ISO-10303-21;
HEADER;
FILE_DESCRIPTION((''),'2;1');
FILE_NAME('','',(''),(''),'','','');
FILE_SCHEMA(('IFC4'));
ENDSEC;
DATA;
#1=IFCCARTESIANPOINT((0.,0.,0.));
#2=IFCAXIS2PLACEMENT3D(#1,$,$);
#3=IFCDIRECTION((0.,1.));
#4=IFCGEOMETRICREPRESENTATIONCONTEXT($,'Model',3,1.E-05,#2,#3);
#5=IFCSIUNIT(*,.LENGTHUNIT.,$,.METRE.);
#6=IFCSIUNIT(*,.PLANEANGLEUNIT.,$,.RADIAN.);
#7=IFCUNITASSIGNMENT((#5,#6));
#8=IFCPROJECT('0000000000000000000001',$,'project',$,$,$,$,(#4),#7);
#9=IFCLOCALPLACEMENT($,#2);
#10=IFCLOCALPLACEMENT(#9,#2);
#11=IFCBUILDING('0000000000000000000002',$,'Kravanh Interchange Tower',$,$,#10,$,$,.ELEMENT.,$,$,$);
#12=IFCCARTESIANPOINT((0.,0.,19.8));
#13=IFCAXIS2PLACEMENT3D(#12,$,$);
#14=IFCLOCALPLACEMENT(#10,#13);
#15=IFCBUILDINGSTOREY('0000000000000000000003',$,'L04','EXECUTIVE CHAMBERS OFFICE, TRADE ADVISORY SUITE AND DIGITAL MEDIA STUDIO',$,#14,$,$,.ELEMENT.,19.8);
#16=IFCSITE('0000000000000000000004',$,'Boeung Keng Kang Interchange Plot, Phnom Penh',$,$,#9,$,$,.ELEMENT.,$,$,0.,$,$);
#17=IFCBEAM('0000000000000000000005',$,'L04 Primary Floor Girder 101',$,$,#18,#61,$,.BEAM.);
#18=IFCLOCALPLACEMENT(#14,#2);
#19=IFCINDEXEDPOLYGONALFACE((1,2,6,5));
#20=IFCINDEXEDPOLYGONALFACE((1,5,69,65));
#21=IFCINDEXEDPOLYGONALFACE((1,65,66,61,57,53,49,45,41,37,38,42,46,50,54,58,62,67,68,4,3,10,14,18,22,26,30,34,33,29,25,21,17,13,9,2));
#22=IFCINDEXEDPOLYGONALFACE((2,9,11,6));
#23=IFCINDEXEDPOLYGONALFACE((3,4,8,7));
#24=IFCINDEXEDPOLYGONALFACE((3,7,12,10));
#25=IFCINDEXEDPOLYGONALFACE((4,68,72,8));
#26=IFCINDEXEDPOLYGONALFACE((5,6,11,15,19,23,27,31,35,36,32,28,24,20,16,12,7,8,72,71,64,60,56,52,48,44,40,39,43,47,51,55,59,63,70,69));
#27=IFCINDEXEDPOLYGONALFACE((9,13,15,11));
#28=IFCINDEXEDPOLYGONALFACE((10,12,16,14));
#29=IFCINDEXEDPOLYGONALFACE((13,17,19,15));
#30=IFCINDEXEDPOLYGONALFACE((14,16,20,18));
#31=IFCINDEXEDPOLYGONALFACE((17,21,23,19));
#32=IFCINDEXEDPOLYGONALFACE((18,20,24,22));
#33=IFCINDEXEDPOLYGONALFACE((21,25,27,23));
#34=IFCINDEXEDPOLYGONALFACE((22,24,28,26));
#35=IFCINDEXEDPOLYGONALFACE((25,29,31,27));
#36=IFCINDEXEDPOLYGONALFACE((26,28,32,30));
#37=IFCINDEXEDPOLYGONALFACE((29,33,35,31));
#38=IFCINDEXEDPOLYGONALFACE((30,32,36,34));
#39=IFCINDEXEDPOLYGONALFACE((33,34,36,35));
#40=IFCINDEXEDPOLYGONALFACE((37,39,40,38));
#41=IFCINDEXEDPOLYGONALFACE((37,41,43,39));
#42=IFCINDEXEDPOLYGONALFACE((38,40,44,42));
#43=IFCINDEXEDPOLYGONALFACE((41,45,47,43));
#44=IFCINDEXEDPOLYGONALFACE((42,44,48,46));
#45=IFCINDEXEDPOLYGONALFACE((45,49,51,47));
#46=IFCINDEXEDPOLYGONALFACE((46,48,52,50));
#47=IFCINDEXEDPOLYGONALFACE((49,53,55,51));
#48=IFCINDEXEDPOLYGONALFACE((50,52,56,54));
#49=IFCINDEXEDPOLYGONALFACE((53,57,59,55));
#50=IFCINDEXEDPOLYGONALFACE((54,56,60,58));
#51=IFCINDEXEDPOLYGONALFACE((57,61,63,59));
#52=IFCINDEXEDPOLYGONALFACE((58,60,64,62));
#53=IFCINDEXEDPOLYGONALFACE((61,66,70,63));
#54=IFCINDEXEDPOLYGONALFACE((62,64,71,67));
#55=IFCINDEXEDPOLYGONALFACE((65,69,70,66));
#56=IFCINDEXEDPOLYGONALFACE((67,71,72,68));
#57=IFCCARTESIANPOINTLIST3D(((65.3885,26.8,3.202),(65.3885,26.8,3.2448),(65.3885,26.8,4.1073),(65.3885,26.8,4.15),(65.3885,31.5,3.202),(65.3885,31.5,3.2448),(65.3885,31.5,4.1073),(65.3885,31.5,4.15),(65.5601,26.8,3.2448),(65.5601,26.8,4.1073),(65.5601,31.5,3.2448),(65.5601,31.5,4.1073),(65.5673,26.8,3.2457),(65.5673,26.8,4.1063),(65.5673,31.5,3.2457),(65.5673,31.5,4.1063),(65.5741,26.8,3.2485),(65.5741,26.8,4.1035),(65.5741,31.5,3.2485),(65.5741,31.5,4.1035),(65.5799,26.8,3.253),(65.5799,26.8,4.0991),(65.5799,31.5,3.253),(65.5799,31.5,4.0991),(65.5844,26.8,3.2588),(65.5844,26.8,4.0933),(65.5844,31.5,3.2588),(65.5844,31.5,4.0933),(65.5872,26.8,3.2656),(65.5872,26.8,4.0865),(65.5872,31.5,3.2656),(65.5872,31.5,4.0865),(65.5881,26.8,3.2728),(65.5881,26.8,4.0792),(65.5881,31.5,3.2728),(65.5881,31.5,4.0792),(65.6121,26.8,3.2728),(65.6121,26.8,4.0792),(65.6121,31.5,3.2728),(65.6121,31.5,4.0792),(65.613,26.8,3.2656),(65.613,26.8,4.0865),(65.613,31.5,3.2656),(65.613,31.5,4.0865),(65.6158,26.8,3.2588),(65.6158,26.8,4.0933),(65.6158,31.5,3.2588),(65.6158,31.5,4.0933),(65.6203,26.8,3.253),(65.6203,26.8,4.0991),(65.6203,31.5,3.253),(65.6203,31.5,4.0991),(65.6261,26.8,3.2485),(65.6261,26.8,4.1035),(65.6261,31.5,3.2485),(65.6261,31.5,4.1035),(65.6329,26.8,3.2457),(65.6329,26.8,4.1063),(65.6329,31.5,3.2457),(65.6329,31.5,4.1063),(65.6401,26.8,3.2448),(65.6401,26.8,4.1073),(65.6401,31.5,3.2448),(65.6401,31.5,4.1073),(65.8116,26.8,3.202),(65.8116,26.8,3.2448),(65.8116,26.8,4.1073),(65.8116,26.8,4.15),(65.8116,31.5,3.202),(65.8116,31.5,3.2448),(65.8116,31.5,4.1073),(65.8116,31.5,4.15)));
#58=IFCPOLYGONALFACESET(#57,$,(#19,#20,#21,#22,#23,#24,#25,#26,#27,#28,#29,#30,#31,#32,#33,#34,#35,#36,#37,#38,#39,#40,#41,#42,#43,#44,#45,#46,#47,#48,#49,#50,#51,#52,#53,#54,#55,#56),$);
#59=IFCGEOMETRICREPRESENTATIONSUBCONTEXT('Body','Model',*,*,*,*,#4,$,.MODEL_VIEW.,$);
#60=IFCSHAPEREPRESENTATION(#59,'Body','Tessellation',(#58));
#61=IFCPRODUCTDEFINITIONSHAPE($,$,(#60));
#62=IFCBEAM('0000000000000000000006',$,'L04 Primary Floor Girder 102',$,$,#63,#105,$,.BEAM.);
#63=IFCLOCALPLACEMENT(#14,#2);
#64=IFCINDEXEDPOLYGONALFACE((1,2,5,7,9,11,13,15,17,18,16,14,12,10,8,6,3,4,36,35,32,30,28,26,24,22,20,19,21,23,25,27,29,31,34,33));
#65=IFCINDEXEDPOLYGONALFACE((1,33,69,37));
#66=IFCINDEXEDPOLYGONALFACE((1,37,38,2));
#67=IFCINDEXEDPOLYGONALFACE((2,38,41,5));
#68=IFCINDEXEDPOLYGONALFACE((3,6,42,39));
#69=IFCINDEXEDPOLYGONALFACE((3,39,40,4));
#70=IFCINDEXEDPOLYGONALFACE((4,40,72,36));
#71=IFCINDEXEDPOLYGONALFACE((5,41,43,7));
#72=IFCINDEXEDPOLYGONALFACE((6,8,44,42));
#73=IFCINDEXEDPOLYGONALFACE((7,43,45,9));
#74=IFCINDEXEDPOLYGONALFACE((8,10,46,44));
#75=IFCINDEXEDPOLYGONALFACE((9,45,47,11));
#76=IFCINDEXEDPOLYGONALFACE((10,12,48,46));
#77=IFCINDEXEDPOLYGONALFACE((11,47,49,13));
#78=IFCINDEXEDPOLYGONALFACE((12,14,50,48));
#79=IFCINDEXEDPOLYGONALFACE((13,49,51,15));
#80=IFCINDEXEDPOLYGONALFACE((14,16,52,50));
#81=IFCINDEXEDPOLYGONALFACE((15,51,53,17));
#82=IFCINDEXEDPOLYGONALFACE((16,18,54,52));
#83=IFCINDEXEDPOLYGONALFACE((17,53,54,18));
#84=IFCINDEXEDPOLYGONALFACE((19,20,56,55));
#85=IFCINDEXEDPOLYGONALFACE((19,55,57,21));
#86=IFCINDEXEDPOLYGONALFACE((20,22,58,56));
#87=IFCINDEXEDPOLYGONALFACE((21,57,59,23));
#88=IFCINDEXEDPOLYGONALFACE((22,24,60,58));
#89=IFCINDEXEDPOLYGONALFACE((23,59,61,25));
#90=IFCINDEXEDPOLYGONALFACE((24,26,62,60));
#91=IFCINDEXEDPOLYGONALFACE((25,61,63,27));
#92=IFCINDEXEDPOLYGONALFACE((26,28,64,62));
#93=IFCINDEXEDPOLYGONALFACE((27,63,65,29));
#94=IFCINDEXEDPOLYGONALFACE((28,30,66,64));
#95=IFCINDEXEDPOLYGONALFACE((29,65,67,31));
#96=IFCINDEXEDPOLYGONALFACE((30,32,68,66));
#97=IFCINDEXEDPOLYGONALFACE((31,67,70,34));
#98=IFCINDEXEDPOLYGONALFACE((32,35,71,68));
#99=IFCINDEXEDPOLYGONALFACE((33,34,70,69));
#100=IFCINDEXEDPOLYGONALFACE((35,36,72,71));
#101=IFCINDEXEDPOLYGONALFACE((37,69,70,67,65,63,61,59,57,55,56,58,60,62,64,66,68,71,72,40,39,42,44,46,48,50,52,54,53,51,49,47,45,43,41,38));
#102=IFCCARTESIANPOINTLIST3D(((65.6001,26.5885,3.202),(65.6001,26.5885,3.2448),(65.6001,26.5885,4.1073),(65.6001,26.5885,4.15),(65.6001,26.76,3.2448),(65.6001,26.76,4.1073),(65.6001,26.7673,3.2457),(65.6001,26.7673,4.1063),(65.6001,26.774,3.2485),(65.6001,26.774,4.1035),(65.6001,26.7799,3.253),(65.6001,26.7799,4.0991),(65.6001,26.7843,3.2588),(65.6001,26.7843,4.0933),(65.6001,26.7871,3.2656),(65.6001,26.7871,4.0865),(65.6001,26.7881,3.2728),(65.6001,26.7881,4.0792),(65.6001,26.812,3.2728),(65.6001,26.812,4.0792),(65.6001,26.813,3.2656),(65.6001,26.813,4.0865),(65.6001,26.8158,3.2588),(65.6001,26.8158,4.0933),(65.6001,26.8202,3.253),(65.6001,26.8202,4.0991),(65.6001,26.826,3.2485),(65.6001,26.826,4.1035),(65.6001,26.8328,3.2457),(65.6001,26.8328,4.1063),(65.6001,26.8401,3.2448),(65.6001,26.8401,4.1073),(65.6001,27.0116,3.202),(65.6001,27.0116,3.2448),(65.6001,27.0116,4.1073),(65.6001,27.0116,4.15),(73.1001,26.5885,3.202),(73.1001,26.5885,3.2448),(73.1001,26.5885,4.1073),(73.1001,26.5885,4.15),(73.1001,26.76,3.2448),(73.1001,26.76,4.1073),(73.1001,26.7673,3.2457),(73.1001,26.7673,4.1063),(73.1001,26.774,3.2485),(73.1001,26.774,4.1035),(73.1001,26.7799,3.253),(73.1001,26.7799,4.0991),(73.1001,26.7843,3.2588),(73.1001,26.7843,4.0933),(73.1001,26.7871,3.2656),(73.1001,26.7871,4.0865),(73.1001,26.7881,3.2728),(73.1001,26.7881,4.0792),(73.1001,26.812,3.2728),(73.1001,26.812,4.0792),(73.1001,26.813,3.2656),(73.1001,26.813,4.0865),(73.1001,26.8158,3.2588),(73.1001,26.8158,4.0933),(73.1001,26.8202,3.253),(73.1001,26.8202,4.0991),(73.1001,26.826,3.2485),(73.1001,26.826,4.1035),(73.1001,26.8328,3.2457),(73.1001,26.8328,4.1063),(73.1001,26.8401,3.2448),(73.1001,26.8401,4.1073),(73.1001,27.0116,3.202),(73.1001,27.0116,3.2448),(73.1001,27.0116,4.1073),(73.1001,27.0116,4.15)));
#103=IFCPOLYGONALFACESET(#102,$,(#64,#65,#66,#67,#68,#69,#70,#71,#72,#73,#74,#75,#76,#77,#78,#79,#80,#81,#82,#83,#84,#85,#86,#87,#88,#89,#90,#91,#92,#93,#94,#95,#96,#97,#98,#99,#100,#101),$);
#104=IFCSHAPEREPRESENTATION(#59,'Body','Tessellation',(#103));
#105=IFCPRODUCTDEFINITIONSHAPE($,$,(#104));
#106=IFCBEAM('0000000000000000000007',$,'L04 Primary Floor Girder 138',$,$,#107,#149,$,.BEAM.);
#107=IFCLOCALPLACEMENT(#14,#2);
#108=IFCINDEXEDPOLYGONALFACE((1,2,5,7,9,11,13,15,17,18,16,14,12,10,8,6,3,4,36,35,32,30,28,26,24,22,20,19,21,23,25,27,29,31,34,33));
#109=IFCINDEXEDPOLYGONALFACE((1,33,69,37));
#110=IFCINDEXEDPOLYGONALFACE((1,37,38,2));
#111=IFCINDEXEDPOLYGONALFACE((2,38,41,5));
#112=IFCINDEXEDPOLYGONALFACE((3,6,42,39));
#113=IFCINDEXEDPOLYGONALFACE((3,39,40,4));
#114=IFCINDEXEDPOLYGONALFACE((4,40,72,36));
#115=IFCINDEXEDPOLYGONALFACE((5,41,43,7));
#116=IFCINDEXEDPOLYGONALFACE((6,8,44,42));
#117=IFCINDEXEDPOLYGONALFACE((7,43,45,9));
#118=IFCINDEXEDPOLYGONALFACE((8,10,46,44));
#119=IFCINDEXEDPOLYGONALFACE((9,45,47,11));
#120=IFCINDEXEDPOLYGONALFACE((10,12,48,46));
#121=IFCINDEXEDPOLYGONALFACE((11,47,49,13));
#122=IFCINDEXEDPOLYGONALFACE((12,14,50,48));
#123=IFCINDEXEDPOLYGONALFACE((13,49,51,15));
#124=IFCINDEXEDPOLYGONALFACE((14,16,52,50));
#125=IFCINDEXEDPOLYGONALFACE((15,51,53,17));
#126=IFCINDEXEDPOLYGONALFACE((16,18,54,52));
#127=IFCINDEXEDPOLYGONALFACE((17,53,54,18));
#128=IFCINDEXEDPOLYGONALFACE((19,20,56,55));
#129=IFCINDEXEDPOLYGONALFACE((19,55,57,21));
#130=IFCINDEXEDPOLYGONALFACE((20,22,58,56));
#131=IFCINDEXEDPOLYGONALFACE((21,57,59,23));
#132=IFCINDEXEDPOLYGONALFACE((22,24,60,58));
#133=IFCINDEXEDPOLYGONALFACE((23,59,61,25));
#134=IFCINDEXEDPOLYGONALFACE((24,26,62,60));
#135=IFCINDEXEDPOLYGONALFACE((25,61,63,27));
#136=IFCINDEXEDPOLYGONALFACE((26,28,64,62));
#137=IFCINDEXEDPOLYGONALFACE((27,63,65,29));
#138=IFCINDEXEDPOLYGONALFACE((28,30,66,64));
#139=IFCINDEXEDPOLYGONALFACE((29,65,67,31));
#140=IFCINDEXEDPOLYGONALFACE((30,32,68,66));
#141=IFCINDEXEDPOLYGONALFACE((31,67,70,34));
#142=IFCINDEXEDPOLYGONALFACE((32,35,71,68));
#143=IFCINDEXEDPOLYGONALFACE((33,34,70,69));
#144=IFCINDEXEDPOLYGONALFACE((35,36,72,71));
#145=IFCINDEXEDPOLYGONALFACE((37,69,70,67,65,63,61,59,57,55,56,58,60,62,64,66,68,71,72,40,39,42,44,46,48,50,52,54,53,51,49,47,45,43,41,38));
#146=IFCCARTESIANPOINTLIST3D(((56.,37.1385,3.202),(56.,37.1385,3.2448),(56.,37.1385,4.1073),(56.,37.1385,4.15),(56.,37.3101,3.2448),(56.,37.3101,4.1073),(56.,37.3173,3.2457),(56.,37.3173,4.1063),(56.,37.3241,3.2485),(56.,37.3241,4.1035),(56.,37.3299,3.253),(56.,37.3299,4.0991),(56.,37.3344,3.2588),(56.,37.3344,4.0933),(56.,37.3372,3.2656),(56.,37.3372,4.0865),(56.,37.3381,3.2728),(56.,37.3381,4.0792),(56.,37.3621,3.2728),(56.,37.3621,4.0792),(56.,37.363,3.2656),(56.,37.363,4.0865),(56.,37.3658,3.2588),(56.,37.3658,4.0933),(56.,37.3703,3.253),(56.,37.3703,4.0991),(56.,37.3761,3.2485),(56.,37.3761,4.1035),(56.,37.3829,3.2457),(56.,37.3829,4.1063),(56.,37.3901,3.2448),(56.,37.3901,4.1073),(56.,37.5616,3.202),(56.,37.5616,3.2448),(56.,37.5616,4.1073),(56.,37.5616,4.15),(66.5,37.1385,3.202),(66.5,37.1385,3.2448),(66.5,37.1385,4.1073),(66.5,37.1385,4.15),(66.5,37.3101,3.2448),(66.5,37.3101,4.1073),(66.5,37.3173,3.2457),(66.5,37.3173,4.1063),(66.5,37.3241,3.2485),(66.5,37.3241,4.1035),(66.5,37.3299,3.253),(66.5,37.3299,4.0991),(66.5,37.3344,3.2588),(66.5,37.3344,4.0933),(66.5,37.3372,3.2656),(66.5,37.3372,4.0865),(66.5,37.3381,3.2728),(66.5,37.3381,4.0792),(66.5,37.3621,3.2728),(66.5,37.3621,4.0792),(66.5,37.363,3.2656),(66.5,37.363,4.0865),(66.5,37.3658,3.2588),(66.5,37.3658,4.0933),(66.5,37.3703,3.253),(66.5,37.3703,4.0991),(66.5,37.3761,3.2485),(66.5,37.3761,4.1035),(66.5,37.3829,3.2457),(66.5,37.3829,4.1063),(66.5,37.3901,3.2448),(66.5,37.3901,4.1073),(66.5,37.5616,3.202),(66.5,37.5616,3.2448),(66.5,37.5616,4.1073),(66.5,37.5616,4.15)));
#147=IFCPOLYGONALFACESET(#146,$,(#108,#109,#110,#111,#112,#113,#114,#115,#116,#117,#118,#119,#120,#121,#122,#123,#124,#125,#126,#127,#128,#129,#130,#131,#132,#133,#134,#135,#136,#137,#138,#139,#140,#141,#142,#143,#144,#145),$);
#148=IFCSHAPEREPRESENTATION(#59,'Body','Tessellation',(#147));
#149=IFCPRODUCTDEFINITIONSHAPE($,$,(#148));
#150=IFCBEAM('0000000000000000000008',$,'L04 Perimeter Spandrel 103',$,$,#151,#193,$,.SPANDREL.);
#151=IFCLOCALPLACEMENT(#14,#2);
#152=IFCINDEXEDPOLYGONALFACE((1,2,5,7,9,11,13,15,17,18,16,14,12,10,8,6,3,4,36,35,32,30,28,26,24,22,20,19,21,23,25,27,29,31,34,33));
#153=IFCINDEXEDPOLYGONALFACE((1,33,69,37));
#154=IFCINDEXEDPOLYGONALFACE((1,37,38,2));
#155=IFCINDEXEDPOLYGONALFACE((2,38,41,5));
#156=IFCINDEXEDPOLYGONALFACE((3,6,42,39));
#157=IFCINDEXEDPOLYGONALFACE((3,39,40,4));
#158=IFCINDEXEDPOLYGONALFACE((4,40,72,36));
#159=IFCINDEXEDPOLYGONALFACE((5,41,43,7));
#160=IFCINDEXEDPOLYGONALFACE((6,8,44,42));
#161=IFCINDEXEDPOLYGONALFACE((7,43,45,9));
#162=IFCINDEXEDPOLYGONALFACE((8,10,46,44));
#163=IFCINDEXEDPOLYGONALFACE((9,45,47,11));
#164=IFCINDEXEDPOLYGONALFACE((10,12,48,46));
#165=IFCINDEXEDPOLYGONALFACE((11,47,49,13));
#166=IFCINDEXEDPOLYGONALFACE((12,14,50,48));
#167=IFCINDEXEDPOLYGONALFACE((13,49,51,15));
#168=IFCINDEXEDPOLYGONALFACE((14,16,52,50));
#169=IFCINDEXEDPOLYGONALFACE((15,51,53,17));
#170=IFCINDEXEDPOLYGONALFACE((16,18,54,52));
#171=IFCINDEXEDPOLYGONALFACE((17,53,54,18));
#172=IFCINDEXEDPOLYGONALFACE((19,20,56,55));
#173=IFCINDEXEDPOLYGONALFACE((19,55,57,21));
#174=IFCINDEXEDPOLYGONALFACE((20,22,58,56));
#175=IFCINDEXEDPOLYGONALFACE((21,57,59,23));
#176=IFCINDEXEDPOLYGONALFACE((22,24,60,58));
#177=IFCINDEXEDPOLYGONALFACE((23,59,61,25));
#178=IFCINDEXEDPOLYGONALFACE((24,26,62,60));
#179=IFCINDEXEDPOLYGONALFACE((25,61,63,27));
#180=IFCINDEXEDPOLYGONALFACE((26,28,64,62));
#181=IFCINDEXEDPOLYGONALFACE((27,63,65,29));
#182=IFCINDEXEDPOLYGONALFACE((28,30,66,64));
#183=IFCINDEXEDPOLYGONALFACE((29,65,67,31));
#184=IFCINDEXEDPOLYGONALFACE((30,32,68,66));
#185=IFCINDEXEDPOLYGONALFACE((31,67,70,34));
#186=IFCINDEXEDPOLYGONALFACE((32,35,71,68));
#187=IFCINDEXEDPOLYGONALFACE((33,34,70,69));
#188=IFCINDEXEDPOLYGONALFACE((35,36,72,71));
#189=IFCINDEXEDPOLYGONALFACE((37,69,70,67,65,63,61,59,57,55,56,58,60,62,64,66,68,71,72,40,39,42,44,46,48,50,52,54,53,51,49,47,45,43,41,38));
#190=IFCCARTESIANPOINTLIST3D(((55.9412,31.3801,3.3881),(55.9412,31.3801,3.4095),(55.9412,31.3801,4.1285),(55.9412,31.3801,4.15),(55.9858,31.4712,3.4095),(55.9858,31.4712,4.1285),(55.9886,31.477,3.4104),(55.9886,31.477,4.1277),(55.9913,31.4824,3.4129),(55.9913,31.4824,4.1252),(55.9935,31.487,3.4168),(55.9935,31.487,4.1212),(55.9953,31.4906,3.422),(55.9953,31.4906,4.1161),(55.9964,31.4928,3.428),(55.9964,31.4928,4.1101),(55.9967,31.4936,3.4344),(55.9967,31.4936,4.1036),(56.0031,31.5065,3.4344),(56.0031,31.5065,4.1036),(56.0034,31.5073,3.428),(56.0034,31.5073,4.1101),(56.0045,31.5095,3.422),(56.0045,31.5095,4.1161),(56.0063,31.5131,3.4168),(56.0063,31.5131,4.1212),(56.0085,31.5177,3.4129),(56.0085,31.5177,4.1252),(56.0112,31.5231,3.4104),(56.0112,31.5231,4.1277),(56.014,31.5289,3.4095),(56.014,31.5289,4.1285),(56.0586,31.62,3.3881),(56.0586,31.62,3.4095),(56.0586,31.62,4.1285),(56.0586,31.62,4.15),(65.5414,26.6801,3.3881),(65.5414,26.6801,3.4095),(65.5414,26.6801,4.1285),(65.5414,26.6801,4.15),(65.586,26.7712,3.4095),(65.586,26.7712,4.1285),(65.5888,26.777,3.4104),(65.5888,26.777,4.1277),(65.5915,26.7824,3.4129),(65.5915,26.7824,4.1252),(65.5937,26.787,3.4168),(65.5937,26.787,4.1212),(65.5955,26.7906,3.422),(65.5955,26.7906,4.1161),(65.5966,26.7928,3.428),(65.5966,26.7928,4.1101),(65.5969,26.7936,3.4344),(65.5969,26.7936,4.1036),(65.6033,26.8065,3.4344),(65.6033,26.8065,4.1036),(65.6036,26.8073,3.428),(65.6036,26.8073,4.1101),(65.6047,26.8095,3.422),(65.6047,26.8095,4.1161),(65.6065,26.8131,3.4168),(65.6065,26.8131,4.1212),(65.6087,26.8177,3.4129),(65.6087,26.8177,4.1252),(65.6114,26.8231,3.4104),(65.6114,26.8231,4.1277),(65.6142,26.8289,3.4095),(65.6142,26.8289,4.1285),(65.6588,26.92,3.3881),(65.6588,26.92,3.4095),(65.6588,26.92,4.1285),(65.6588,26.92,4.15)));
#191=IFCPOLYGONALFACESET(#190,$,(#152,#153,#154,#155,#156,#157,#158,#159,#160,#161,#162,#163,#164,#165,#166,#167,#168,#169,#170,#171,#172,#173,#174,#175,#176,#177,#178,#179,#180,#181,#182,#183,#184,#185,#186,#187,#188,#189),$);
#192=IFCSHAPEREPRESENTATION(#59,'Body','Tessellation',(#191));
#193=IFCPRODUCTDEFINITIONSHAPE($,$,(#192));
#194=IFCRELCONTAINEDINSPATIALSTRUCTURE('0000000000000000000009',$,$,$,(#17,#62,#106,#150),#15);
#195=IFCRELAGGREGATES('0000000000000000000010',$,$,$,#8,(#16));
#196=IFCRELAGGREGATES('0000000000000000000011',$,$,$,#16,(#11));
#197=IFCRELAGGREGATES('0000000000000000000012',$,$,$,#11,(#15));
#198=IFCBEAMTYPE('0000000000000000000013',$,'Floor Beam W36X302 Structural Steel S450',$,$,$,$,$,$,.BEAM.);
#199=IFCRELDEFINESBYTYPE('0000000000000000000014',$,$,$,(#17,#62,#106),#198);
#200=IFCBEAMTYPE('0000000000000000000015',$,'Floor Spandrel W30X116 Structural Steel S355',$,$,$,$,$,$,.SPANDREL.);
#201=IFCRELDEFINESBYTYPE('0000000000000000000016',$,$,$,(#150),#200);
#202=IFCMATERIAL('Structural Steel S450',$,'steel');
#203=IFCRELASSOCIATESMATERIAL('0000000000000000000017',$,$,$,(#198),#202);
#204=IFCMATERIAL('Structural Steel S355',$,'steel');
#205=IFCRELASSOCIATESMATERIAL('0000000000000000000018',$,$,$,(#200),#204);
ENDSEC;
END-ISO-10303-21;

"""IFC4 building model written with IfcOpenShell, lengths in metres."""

from ifc_helpers import new_model, si_unit, direction, frame, origin, origin_2d, place, context, subcontext, project, spatial, i_section, extrude, material, material_profile, profile_set, type_object, element, save


model = new_model("IFC4")

# Units and contexts
model_context = context("Model", 3, precision=1e-05, world=origin(), true_north=direction((0.0, 1.0)))
body_context = subcontext(model_context, "Body", "Model", "MODEL_VIEW")
ifc_project = project(units=[si_unit("LENGTHUNIT", "METRE"), si_unit("PLANEANGLEUNIT", "RADIAN")], contexts=[model_context])

# Site, building, storey
site_placement = place(None, origin())
site = spatial("IfcSite", under=ifc_project, at=site_placement, Name="Boeung Keng Kang Interchange Plot, Phnom Penh", CompositionType="ELEMENT", RefElevation=0.0)
building_placement = place(site_placement, origin())
building = spatial("IfcBuilding", under=site, at=building_placement, Name="Kravanh Interchange Tower", CompositionType="ELEMENT")
storey_placement = place(building_placement, frame((0.0, 0.0, 19.8)))
storey = spatial("IfcBuildingStorey", under=building, at=storey_placement, Name="L04", Description="EXECUTIVE CHAMBERS OFFICE, TRADE ADVISORY SUITE AND DIGITAL MEDIA STUDIO", CompositionType="ELEMENT", Elevation=19.8)

# Beams
ifc_material_1 = material(Name="Structural Steel S450", Category="steel")
ifc_material_profile_1 = material_profile(ifc_material_1, i_section(OverallWidth=0.4231, OverallDepth=0.948, WebThickness=0.0239, FlangeThickness=0.0427, FilletRadius=0.0281, at=origin_2d()), Name="W36X302")
ifc_profile_set_1 = profile_set([ifc_material_profile_1], Name="Structural Steel S450")
beam_type_1 = type_object("IfcBeamType", Name="Floor Beam W36X302 Structural Steel S450", PredefinedType="BEAM", material=ifc_profile_set_1)
beam_1_placement = place(storey_placement, frame((65.6001, 26.8, 3.676), z_axis=(0.0, 1.0, 0.0), x_axis=(-1.0, 0.0, 0.0)))
element("IfcBeam", 1, at=beam_1_placement, inside=storey, type_object=beam_type_1, Name="L04 Primary Floor Girder 101", PredefinedType="BEAM", context=body_context, shape_type="SweptSolid", body=[
    extrude(i_section(OverallWidth=0.4231, OverallDepth=0.948, WebThickness=0.0239, FlangeThickness=0.0427, FilletRadius=0.0281, at=origin_2d()), origin(), (0.0, 0.0, 1.0), 4.7),
])
beam_2_placement = place(storey_placement, frame((65.6001, 26.8, 3.676), z_axis=(1.0, 0.0, 0.0), x_axis=(0.0, 1.0, 0.0)))
element("IfcBeam", 2, at=beam_2_placement, inside=storey, type_object=beam_type_1, Name="L04 Primary Floor Girder 102", PredefinedType="BEAM", context=body_context, shape_type="SweptSolid", body=[
    extrude(i_section(OverallWidth=0.4231, OverallDepth=0.948, WebThickness=0.0239, FlangeThickness=0.0427, FilletRadius=0.0281, at=origin_2d()), origin(), (0.0, 0.0, 1.0), 7.5),
])
beam_3_placement = place(storey_placement, frame((66.5, 37.3501, 3.676), z_axis=(-1.0, 0.0, 0.0), x_axis=(0.0, -1.0, 0.0)))
element("IfcBeam", 3, at=beam_3_placement, inside=storey, type_object=beam_type_1, Name="L04 Primary Floor Girder 138", PredefinedType="BEAM", context=body_context, shape_type="SweptSolid", body=[
    extrude(i_section(OverallWidth=0.4231, OverallDepth=0.948, WebThickness=0.0239, FlangeThickness=0.0427, FilletRadius=0.0281, at=origin_2d()), origin(), (0.0, 0.0, 1.0), 10.5),
])
ifc_material_2 = material(Name="Structural Steel S355", Category="steel")
ifc_material_profile_2 = material_profile(ifc_material_2, i_section(OverallWidth=0.2671, OverallDepth=0.762, WebThickness=0.0144, FlangeThickness=0.0215, FilletRadius=0.0249, at=origin_2d()), Name="W30X116")
ifc_profile_set_2 = profile_set([ifc_material_profile_2], Name="Structural Steel S355")
beam_type_2 = type_object("IfcBeamType", Name="Floor Spandrel W30X116 Structural Steel S355", PredefinedType="SPANDREL", material=ifc_profile_set_2)
beam_4_placement = place(storey_placement, frame((65.6001, 26.8, 3.769), z_axis=(-0.898142, 0.439706, 0.0), x_axis=(-0.439706, -0.898142, 0.0)))
element("IfcBeam", 4, at=beam_4_placement, inside=storey, type_object=beam_type_2, Name="L04 Perimeter Spandrel 103", PredefinedType="SPANDREL", context=body_context, shape_type="SweptSolid", body=[
    extrude(i_section(OverallWidth=0.2671, OverallDepth=0.762, WebThickness=0.0144, FlangeThickness=0.0215, FilletRadius=0.0249, at=origin_2d()), origin(), (0.0, 0.0, 1.0), 10.689),
])

save(model, "model.ifc")
